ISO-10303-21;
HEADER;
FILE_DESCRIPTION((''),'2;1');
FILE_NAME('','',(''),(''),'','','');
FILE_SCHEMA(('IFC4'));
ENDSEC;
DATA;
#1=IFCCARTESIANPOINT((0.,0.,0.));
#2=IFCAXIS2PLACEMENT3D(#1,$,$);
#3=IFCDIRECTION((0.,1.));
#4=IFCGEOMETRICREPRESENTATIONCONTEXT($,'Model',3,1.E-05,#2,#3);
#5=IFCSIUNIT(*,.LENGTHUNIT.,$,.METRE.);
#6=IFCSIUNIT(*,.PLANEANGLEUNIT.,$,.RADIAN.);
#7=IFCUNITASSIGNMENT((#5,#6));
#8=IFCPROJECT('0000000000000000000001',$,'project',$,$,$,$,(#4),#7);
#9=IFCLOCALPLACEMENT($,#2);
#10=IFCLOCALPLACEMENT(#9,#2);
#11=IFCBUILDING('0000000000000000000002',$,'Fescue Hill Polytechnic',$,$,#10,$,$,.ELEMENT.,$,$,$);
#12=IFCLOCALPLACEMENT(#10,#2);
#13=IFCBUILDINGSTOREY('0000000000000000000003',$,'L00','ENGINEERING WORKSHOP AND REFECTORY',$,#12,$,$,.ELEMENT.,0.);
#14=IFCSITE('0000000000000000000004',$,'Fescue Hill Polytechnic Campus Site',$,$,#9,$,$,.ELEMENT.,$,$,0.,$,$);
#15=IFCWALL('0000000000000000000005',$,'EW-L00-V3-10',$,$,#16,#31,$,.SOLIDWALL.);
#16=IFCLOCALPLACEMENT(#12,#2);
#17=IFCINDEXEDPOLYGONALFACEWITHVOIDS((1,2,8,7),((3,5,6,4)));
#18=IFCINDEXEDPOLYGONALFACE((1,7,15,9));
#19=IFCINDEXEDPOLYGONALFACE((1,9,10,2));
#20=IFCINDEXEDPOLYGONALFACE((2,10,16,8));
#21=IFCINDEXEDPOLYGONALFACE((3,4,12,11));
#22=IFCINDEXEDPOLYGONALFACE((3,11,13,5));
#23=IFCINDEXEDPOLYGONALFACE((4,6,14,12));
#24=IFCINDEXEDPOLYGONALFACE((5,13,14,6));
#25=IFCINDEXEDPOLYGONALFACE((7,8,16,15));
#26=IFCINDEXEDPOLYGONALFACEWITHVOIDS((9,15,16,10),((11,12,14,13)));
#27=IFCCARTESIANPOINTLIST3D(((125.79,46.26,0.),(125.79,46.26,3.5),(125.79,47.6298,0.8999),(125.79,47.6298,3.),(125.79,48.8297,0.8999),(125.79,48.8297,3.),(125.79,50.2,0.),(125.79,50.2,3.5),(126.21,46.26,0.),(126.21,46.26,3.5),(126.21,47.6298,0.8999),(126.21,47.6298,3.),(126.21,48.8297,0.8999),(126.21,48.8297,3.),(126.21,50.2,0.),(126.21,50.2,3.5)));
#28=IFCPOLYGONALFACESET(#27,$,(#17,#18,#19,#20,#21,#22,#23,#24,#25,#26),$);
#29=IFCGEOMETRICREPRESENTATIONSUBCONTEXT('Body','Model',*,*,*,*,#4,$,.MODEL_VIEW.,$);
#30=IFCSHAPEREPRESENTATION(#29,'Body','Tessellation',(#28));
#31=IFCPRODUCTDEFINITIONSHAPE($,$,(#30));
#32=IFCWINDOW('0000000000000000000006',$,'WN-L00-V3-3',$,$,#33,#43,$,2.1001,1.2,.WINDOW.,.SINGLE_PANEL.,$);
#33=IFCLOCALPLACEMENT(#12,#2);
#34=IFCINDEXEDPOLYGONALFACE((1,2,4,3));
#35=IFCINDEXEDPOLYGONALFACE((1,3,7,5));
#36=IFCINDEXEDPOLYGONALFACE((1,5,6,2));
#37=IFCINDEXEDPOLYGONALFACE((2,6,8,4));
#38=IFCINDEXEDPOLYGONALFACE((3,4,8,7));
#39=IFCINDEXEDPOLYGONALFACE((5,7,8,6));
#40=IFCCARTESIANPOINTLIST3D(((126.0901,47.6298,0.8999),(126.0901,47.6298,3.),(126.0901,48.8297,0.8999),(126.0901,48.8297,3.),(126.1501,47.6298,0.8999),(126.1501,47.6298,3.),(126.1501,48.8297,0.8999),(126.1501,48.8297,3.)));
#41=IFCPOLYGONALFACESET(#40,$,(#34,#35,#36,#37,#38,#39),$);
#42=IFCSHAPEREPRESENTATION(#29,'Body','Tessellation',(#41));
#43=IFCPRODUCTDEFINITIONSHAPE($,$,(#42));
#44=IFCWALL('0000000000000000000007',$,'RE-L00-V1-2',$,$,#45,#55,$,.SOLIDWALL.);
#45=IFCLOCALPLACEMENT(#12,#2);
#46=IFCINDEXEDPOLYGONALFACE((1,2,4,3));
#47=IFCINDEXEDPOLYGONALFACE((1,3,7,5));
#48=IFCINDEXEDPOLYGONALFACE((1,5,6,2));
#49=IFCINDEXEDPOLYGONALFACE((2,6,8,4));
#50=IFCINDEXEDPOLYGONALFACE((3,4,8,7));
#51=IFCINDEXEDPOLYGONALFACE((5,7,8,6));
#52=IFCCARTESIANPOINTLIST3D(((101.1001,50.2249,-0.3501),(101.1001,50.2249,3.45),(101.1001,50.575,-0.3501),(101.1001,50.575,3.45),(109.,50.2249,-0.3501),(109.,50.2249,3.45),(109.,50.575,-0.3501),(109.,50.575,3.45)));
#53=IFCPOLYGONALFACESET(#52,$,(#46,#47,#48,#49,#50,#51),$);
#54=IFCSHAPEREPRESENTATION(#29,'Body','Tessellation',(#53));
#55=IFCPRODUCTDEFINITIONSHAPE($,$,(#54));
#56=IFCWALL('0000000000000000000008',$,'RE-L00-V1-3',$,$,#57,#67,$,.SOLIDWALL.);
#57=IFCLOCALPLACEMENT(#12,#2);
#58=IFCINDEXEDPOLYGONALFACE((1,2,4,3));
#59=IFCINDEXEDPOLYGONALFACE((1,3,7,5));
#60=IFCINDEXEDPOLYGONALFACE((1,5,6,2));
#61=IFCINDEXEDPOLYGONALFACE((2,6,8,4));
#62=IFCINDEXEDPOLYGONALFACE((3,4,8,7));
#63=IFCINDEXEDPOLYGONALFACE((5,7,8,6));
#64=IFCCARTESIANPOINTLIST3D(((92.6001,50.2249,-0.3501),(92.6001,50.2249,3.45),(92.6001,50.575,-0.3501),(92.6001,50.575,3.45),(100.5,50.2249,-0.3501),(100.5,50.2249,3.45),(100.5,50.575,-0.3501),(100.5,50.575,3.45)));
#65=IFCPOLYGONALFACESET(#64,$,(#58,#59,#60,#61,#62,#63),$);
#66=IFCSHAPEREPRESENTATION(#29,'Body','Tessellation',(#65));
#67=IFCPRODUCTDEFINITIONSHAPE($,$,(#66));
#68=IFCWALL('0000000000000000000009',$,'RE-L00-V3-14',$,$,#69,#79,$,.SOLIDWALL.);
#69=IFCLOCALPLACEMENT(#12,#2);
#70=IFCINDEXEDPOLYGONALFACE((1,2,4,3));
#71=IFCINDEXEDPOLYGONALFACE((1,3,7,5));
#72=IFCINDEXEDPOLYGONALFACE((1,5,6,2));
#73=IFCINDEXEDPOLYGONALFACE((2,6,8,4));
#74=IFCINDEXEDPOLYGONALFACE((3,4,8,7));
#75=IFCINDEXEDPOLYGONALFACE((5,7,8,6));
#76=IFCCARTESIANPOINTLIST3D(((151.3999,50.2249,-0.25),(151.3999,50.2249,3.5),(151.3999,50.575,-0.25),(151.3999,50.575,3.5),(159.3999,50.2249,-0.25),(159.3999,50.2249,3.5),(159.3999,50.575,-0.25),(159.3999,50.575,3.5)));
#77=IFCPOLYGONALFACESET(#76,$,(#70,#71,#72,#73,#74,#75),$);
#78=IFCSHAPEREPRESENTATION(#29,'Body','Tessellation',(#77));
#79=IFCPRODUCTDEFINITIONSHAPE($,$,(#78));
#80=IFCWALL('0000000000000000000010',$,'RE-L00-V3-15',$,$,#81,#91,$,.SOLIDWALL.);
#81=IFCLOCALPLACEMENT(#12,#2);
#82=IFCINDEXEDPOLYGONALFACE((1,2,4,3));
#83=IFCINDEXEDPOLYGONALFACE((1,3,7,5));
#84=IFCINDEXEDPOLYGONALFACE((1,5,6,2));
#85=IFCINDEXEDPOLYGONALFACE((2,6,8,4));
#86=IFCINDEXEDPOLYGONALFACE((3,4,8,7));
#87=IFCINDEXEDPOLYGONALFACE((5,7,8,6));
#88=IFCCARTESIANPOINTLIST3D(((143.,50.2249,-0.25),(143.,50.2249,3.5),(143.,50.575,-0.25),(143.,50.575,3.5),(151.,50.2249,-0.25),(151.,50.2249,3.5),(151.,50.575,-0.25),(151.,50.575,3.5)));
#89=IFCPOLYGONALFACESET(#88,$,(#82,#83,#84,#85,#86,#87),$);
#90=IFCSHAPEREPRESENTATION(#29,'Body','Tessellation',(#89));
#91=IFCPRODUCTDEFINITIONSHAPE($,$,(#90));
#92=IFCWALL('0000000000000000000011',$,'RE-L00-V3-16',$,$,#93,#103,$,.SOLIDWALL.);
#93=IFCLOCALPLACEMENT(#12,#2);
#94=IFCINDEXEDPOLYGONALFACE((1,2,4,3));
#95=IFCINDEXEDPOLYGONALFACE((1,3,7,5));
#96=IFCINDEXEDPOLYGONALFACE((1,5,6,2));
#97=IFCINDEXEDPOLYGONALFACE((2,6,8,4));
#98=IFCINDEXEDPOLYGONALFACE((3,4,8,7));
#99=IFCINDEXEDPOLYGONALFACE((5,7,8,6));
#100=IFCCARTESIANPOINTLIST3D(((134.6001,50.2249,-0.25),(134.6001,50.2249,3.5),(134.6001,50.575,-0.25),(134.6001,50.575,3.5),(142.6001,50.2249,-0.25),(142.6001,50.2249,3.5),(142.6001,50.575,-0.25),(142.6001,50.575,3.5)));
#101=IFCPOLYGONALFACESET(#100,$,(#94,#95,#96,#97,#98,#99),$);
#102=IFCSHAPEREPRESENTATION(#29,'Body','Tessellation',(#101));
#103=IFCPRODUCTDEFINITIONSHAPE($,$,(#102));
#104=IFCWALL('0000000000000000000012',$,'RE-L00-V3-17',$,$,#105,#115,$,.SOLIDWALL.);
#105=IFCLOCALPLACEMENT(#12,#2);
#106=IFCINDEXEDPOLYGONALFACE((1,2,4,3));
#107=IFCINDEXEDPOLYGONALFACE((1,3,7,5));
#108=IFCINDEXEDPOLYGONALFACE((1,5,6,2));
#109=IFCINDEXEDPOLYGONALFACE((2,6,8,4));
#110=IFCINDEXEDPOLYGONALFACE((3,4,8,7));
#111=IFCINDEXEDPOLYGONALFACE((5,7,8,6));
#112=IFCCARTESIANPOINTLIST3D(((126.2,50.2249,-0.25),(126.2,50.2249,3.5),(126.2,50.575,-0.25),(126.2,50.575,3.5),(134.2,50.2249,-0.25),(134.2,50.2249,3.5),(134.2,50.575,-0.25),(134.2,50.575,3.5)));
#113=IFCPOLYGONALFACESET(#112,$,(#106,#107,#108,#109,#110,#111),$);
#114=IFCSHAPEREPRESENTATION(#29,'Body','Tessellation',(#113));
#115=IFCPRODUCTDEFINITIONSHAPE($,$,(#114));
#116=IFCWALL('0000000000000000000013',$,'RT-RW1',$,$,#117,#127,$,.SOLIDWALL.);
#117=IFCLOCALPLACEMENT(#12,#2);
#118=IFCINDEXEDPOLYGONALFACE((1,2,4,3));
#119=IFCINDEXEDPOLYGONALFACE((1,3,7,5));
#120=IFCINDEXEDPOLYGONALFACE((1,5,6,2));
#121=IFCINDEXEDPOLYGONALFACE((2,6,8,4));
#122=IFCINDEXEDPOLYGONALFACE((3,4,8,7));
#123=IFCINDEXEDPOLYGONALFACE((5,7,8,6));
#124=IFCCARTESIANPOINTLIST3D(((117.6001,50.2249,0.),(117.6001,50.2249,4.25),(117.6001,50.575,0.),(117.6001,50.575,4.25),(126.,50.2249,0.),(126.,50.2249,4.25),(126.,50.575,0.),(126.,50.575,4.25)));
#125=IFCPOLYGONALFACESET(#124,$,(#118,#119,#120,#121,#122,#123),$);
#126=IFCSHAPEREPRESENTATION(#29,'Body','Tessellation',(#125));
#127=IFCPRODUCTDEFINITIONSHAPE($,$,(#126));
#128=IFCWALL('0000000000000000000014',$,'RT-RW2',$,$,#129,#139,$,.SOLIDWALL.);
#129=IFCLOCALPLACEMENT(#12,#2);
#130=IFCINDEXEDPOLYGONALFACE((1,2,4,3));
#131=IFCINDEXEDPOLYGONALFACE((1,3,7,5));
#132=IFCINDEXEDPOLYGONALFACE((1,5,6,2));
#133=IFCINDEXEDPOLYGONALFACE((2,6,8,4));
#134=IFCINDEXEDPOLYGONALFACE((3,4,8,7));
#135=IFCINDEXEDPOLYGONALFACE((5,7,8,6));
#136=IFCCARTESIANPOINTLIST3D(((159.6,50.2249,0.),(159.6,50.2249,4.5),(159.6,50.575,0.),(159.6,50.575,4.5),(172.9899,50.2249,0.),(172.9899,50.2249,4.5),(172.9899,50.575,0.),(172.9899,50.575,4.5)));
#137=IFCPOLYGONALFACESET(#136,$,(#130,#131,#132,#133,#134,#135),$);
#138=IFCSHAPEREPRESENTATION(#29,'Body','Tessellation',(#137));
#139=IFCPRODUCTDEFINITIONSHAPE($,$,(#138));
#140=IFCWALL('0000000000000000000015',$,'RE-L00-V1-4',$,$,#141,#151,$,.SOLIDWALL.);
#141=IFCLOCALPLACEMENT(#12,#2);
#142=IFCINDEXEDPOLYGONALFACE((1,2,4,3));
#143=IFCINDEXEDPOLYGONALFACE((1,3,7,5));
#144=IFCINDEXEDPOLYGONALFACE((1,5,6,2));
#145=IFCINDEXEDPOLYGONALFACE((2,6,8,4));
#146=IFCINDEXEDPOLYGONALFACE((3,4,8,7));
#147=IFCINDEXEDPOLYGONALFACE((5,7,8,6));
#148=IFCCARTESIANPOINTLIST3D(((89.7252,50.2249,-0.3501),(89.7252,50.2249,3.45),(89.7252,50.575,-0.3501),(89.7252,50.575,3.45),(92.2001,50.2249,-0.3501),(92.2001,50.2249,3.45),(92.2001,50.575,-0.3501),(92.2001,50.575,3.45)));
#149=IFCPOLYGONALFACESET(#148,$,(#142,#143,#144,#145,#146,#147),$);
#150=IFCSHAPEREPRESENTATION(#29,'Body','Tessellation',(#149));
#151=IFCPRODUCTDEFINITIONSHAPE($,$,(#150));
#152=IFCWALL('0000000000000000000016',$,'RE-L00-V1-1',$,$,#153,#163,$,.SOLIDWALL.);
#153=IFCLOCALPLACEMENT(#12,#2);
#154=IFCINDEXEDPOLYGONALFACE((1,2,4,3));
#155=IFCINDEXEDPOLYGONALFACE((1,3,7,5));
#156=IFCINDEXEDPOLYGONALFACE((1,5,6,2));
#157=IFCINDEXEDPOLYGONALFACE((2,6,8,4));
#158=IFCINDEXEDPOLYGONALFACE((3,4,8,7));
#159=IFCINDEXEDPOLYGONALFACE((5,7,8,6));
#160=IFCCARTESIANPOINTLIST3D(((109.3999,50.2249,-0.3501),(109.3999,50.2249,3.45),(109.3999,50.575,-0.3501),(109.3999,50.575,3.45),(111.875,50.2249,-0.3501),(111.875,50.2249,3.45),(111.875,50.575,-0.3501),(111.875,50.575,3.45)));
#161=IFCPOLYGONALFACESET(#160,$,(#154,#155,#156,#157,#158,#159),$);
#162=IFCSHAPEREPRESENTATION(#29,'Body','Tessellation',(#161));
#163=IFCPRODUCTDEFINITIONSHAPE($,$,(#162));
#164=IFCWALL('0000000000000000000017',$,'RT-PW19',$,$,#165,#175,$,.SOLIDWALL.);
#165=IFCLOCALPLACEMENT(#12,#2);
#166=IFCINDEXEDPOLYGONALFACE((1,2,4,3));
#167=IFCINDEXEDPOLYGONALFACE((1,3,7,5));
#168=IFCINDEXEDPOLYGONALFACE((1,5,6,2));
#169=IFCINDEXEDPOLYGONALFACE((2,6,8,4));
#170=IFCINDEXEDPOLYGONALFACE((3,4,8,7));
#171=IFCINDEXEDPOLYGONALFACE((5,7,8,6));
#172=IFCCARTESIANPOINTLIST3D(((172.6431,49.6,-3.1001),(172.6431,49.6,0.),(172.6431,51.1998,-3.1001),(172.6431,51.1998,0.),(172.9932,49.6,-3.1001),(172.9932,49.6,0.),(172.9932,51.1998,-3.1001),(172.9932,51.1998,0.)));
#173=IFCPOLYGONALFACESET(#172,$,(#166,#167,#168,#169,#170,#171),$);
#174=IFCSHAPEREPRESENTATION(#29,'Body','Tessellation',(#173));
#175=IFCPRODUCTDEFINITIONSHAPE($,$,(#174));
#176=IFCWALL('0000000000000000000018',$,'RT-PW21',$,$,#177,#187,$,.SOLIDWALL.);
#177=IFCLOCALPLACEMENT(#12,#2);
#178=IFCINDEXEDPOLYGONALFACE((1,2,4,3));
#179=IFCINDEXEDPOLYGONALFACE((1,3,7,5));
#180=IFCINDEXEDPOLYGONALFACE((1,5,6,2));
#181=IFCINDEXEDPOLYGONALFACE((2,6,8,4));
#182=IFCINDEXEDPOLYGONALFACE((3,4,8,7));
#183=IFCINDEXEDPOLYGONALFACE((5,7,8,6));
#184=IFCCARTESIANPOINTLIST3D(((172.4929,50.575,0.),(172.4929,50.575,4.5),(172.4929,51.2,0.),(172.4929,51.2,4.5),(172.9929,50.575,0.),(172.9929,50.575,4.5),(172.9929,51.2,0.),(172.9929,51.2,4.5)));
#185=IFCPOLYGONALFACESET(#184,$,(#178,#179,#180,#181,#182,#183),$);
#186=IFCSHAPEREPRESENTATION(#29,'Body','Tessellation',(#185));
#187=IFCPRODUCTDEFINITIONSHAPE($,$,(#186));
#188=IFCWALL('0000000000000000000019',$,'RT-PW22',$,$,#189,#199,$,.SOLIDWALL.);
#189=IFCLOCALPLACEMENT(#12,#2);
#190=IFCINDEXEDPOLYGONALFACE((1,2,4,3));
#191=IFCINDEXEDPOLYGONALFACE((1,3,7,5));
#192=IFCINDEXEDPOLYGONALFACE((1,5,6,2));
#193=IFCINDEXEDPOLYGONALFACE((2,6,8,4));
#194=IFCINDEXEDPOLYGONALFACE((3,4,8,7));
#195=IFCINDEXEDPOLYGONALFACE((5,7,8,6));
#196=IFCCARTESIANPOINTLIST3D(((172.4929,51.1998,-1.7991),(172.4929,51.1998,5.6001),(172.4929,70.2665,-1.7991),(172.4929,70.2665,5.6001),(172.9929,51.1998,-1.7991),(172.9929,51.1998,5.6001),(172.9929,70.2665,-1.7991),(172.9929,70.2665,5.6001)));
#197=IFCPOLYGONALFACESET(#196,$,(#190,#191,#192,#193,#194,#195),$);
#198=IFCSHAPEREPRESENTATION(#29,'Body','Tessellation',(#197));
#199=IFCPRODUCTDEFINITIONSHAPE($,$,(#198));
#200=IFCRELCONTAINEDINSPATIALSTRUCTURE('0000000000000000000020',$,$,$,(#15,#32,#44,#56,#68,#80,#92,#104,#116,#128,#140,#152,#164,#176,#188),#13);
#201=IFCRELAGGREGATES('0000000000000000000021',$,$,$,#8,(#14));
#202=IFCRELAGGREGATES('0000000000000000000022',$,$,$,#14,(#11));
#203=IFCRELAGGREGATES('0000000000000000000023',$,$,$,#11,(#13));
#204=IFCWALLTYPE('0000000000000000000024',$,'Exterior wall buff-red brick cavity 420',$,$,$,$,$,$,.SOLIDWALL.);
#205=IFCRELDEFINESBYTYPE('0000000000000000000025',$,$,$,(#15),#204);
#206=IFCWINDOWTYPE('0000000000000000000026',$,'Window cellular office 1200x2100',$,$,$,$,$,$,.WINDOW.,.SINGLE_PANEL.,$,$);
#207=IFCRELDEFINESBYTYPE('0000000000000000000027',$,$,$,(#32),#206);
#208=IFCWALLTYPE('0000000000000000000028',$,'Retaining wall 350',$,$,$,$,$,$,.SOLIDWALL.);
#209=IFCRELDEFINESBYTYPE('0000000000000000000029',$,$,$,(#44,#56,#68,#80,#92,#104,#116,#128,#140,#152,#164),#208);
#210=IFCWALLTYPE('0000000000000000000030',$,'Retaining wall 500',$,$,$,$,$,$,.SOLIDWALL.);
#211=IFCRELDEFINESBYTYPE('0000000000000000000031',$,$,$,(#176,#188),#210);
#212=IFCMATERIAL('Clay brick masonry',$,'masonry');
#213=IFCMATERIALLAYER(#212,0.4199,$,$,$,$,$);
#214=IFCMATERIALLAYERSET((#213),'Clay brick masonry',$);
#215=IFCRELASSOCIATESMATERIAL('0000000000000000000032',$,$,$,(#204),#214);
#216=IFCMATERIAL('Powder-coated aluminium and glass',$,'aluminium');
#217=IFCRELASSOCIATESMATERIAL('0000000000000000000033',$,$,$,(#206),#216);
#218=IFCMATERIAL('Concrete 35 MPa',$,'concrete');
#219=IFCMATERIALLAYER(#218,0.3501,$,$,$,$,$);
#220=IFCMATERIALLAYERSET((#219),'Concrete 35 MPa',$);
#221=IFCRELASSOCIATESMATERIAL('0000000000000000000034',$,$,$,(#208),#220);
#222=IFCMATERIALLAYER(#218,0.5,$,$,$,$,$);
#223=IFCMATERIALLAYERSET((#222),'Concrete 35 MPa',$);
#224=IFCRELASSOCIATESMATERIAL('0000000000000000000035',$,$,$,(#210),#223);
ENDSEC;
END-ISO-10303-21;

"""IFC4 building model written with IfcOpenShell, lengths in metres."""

from ifc_helpers import new_model, si_unit, direction, frame, frame_2d, origin, place, context, subcontext, project, spatial, rectangle, extrude, material, layer, layer_set, type_object, element, fill, save


model = new_model("IFC4")

# Units and contexts
model_context = context("Model", 3, precision=1e-05, world=origin(), true_north=direction((0.0, 1.0)))
body_context = subcontext(model_context, "Body", "Model", "MODEL_VIEW")
ifc_project = project(units=[si_unit("LENGTHUNIT", "METRE"), si_unit("PLANEANGLEUNIT", "RADIAN")], contexts=[model_context])

# Site, building, storey
site_placement = place(None, origin())
site = spatial("IfcSite", under=ifc_project, at=site_placement, Name="Fescue Hill Polytechnic Campus Site", CompositionType="ELEMENT", RefElevation=0.0)
building_placement = place(site_placement, origin())
building = spatial("IfcBuilding", under=site, at=building_placement, Name="Fescue Hill Polytechnic", CompositionType="ELEMENT")
storey_placement = place(building_placement, origin())
storey = spatial("IfcBuildingStorey", under=building, at=storey_placement, Name="L00", Description="ENGINEERING WORKSHOP AND REFECTORY", CompositionType="ELEMENT", Elevation=0.0)

# Wall, opening, window
ifc_material_1 = material(Name="Clay brick masonry", Category="masonry")
ifc_layer_1 = layer(ifc_material_1, 0.4199)
ifc_layer_set_1 = layer_set([ifc_layer_1], Name="Clay brick masonry")
wall_type_1 = type_object("IfcWallType", Name="Exterior wall buff-red brick cavity 420", PredefinedType="SOLIDWALL", material=ifc_layer_set_1)
wall_1_placement = place(storey_placement, frame((126.0, 50.2, 0.0), z_axis=(0.0, 0.0, 1.0), x_axis=(0.0, -1.0, 0.0)))
wall_1 = element("IfcWall", 1, at=wall_1_placement, inside=storey, type_object=wall_type_1, Name="EW-L00-V3-10", PredefinedType="SOLIDWALL", context=body_context, shape_type="SweptSolid", body=[
    extrude(rectangle(XDim=3.9399, YDim=0.4199, at=frame_2d((1.97, 0.0))), origin(), (0.0, 0.0, 1.0), 3.5),
])
opening_placement = place(wall_1_placement, frame((1.3701, 0.0, 0.8999)))
opening = element("IfcOpeningElement", 2, at=opening_placement, cuts=wall_1, PredefinedType="OPENING", context=body_context, shape_type="SweptSolid", body=[
    extrude(rectangle(XDim=1.2, YDim=2.1001, at=frame_2d((0.6001, 1.05))), frame((0.0, 0.22, 0.0), z_axis=(0.0, -1.0, 0.0), x_axis=(1.0, 0.0, 0.0)), (0.0, 0.0, 1.0), 0.4399),
])
ifc_material_2 = material(Name="Powder-coated aluminium and glass", Category="aluminium")
window_type = type_object("IfcWindowType", Name="Window cellular office 1200x2100", PartitioningType="SINGLE_PANEL", PredefinedType="WINDOW", material=ifc_material_2)
window_placement = place(opening_placement, origin())
window = element("IfcWindow", 3, at=window_placement, inside=storey, type_object=window_type, Name="WN-L00-V3-3", OverallHeight=2.1001, OverallWidth=1.2, PartitioningType="SINGLE_PANEL", PredefinedType="WINDOW", context=body_context, shape_type="SweptSolid", body=[
    extrude(rectangle(XDim=1.2, YDim=2.1001, at=frame_2d((0.6001, 1.05))), frame((0.0, 0.1501, 0.0), z_axis=(0.0, -1.0, 0.0), x_axis=(1.0, 0.0, 0.0)), (0.0, 0.0, 1.0), 0.0601),
])
fill(opening, window)

# Walls
ifc_material_3 = material(Name="Concrete 35 MPa", Category="concrete")
ifc_layer_2 = layer(ifc_material_3, 0.3501)
ifc_layer_set_2 = layer_set([ifc_layer_2], Name="Concrete 35 MPa")
wall_type_2 = type_object("IfcWallType", Name="Retaining wall 350", PredefinedType="SOLIDWALL", material=ifc_layer_set_2)
for number, where, z_axis, x_axis, name in (
    (4, (109.0, 50.3999, -0.3501), (0.0, 0.0, 1.0), (-1.0, 0.0, 0.0), "RE-L00-V1-2"),
    (5, (100.5, 50.3999, -0.3501), (0.0, 0.0, 1.0), (-1.0, 0.0, 0.0), "RE-L00-V1-3"),
):
    element("IfcWall", number, at=place(storey_placement, frame(where, z_axis=z_axis, x_axis=x_axis)), inside=storey, type_object=wall_type_2, Name=name, PredefinedType="SOLIDWALL", context=body_context, shape_type="SweptSolid", body=[
        extrude(rectangle(XDim=7.8999, YDim=0.3501, at=frame_2d((3.95, 0.0))), origin(), (0.0, 0.0, 1.0), 3.8),
    ])
for number, where, z_axis, x_axis, name in (
    (6, (159.3999, 50.3999, -0.25), (0.0, 0.0, 1.0), (-1.0, 0.0, 0.0), "RE-L00-V3-14"),
    (7, (151.0, 50.3999, -0.25), (0.0, 0.0, 1.0), (-1.0, 0.0, 0.0), "RE-L00-V3-15"),
    (8, (142.6001, 50.3999, -0.25), (0.0, 0.0, 1.0), (-1.0, 0.0, 0.0), "RE-L00-V3-16"),
    (9, (134.2, 50.3999, -0.25), (0.0, 0.0, 1.0), (-1.0, 0.0, 0.0), "RE-L00-V3-17"),
):
    element("IfcWall", number, at=place(storey_placement, frame(where, z_axis=z_axis, x_axis=x_axis)), inside=storey, type_object=wall_type_2, Name=name, PredefinedType="SOLIDWALL", context=body_context, shape_type="SweptSolid", body=[
        extrude(rectangle(XDim=8.0, YDim=0.3501, at=frame_2d((4.0, 0.0))), origin(), (0.0, 0.0, 1.0), 3.75),
    ])
wall_2_placement = place(storey_placement, frame((117.6001, 50.3999, 0.0), z_axis=(0.0, 0.0, 1.0), x_axis=(1.0, 0.0, 0.0)))
element("IfcWall", 10, at=wall_2_placement, inside=storey, type_object=wall_type_2, Name="RT-RW1", PredefinedType="SOLIDWALL", context=body_context, shape_type="SweptSolid", body=[
    extrude(rectangle(XDim=8.3999, YDim=0.3501, at=frame_2d((4.2, 0.0))), origin(), (0.0, 0.0, 1.0), 4.25),
])
wall_3_placement = place(storey_placement, frame((159.6001, 50.3999, 0.0), z_axis=(0.0, 0.0, 1.0), x_axis=(1.0, 0.0, 0.0)))
element("IfcWall", 11, at=wall_3_placement, inside=storey, type_object=wall_type_2, Name="RT-RW2", PredefinedType="SOLIDWALL", context=body_context, shape_type="SweptSolid", body=[
    extrude(rectangle(XDim=13.3899, YDim=0.3501, at=frame_2d((6.6948, 0.0))), origin(), (0.0, 0.0, 1.0), 4.5),
])
wall_4_placement = place(storey_placement, frame((92.2, 50.3999, -0.3501), z_axis=(0.0, 0.0, 1.0), x_axis=(-1.0, 0.0, 0.0)))
element("IfcWall", 12, at=wall_4_placement, inside=storey, type_object=wall_type_2, Name="RE-L00-V1-4", PredefinedType="SOLIDWALL", context=body_context, shape_type="SweptSolid", body=[
    extrude(rectangle(XDim=2.4749, YDim=0.3501, at=frame_2d((1.2373, 0.0))), origin(), (0.0, 0.0, 1.0), 3.8),
])
wall_5_placement = place(storey_placement, frame((111.875, 50.3999, -0.3501), z_axis=(0.0, 0.0, 1.0), x_axis=(-1.0, 0.0, 0.0)))
element("IfcWall", 13, at=wall_5_placement, inside=storey, type_object=wall_type_2, Name="RE-L00-V1-1", PredefinedType="SOLIDWALL", context=body_context, shape_type="SweptSolid", body=[
    extrude(rectangle(XDim=2.4751, YDim=0.3501, at=frame_2d((1.2375, 0.0))), origin(), (0.0, 0.0, 1.0), 3.8),
])
wall_6_placement = place(storey_placement, frame((172.8181, 49.6001, -3.1001), z_axis=(0.0, 0.0, 1.0), x_axis=(0.0, 1.0, 0.0)))
element("IfcWall", 14, at=wall_6_placement, inside=storey, type_object=wall_type_2, Name="RT-PW19", PredefinedType="SOLIDWALL", context=body_context, shape_type="SweptSolid", body=[
    extrude(rectangle(XDim=1.5999, YDim=0.3501, at=frame_2d((0.7998, 0.0))), origin(), (0.0, 0.0, 1.0), 3.1001),
])
ifc_layer_3 = layer(ifc_material_3, 0.5)
ifc_layer_set_3 = layer_set([ifc_layer_3], Name="Concrete 35 MPa")
wall_type_3 = type_object("IfcWallType", Name="Retaining wall 500", PredefinedType="SOLIDWALL", material=ifc_layer_set_3)
wall_7_placement = place(storey_placement, frame((172.7429, 50.575, 0.0), z_axis=(0.0, 0.0, 1.0), x_axis=(0.0, 1.0, 0.0)))
element("IfcWall", 15, at=wall_7_placement, inside=storey, type_object=wall_type_3, Name="RT-PW21", PredefinedType="SOLIDWALL", context=body_context, shape_type="SweptSolid", body=[
    extrude(rectangle(XDim=0.625, YDim=0.5, at=frame_2d((0.3125, 0.0))), origin(), (0.0, 0.0, 1.0), 4.5),
])
wall_8_placement = place(storey_placement, frame((172.7429, 51.2, -1.7991), z_axis=(0.0, 0.0, 1.0), x_axis=(0.0, 1.0, 0.0)))
element("IfcWall", 16, at=wall_8_placement, inside=storey, type_object=wall_type_3, Name="RT-PW22", PredefinedType="SOLIDWALL", context=body_context, shape_type="SweptSolid", body=[
    extrude(rectangle(XDim=19.0667, YDim=0.5, at=frame_2d((9.5332, 0.0))), origin(), (0.0, 0.0, 1.0), 7.3992),
])

save(model, "model.ifc")
